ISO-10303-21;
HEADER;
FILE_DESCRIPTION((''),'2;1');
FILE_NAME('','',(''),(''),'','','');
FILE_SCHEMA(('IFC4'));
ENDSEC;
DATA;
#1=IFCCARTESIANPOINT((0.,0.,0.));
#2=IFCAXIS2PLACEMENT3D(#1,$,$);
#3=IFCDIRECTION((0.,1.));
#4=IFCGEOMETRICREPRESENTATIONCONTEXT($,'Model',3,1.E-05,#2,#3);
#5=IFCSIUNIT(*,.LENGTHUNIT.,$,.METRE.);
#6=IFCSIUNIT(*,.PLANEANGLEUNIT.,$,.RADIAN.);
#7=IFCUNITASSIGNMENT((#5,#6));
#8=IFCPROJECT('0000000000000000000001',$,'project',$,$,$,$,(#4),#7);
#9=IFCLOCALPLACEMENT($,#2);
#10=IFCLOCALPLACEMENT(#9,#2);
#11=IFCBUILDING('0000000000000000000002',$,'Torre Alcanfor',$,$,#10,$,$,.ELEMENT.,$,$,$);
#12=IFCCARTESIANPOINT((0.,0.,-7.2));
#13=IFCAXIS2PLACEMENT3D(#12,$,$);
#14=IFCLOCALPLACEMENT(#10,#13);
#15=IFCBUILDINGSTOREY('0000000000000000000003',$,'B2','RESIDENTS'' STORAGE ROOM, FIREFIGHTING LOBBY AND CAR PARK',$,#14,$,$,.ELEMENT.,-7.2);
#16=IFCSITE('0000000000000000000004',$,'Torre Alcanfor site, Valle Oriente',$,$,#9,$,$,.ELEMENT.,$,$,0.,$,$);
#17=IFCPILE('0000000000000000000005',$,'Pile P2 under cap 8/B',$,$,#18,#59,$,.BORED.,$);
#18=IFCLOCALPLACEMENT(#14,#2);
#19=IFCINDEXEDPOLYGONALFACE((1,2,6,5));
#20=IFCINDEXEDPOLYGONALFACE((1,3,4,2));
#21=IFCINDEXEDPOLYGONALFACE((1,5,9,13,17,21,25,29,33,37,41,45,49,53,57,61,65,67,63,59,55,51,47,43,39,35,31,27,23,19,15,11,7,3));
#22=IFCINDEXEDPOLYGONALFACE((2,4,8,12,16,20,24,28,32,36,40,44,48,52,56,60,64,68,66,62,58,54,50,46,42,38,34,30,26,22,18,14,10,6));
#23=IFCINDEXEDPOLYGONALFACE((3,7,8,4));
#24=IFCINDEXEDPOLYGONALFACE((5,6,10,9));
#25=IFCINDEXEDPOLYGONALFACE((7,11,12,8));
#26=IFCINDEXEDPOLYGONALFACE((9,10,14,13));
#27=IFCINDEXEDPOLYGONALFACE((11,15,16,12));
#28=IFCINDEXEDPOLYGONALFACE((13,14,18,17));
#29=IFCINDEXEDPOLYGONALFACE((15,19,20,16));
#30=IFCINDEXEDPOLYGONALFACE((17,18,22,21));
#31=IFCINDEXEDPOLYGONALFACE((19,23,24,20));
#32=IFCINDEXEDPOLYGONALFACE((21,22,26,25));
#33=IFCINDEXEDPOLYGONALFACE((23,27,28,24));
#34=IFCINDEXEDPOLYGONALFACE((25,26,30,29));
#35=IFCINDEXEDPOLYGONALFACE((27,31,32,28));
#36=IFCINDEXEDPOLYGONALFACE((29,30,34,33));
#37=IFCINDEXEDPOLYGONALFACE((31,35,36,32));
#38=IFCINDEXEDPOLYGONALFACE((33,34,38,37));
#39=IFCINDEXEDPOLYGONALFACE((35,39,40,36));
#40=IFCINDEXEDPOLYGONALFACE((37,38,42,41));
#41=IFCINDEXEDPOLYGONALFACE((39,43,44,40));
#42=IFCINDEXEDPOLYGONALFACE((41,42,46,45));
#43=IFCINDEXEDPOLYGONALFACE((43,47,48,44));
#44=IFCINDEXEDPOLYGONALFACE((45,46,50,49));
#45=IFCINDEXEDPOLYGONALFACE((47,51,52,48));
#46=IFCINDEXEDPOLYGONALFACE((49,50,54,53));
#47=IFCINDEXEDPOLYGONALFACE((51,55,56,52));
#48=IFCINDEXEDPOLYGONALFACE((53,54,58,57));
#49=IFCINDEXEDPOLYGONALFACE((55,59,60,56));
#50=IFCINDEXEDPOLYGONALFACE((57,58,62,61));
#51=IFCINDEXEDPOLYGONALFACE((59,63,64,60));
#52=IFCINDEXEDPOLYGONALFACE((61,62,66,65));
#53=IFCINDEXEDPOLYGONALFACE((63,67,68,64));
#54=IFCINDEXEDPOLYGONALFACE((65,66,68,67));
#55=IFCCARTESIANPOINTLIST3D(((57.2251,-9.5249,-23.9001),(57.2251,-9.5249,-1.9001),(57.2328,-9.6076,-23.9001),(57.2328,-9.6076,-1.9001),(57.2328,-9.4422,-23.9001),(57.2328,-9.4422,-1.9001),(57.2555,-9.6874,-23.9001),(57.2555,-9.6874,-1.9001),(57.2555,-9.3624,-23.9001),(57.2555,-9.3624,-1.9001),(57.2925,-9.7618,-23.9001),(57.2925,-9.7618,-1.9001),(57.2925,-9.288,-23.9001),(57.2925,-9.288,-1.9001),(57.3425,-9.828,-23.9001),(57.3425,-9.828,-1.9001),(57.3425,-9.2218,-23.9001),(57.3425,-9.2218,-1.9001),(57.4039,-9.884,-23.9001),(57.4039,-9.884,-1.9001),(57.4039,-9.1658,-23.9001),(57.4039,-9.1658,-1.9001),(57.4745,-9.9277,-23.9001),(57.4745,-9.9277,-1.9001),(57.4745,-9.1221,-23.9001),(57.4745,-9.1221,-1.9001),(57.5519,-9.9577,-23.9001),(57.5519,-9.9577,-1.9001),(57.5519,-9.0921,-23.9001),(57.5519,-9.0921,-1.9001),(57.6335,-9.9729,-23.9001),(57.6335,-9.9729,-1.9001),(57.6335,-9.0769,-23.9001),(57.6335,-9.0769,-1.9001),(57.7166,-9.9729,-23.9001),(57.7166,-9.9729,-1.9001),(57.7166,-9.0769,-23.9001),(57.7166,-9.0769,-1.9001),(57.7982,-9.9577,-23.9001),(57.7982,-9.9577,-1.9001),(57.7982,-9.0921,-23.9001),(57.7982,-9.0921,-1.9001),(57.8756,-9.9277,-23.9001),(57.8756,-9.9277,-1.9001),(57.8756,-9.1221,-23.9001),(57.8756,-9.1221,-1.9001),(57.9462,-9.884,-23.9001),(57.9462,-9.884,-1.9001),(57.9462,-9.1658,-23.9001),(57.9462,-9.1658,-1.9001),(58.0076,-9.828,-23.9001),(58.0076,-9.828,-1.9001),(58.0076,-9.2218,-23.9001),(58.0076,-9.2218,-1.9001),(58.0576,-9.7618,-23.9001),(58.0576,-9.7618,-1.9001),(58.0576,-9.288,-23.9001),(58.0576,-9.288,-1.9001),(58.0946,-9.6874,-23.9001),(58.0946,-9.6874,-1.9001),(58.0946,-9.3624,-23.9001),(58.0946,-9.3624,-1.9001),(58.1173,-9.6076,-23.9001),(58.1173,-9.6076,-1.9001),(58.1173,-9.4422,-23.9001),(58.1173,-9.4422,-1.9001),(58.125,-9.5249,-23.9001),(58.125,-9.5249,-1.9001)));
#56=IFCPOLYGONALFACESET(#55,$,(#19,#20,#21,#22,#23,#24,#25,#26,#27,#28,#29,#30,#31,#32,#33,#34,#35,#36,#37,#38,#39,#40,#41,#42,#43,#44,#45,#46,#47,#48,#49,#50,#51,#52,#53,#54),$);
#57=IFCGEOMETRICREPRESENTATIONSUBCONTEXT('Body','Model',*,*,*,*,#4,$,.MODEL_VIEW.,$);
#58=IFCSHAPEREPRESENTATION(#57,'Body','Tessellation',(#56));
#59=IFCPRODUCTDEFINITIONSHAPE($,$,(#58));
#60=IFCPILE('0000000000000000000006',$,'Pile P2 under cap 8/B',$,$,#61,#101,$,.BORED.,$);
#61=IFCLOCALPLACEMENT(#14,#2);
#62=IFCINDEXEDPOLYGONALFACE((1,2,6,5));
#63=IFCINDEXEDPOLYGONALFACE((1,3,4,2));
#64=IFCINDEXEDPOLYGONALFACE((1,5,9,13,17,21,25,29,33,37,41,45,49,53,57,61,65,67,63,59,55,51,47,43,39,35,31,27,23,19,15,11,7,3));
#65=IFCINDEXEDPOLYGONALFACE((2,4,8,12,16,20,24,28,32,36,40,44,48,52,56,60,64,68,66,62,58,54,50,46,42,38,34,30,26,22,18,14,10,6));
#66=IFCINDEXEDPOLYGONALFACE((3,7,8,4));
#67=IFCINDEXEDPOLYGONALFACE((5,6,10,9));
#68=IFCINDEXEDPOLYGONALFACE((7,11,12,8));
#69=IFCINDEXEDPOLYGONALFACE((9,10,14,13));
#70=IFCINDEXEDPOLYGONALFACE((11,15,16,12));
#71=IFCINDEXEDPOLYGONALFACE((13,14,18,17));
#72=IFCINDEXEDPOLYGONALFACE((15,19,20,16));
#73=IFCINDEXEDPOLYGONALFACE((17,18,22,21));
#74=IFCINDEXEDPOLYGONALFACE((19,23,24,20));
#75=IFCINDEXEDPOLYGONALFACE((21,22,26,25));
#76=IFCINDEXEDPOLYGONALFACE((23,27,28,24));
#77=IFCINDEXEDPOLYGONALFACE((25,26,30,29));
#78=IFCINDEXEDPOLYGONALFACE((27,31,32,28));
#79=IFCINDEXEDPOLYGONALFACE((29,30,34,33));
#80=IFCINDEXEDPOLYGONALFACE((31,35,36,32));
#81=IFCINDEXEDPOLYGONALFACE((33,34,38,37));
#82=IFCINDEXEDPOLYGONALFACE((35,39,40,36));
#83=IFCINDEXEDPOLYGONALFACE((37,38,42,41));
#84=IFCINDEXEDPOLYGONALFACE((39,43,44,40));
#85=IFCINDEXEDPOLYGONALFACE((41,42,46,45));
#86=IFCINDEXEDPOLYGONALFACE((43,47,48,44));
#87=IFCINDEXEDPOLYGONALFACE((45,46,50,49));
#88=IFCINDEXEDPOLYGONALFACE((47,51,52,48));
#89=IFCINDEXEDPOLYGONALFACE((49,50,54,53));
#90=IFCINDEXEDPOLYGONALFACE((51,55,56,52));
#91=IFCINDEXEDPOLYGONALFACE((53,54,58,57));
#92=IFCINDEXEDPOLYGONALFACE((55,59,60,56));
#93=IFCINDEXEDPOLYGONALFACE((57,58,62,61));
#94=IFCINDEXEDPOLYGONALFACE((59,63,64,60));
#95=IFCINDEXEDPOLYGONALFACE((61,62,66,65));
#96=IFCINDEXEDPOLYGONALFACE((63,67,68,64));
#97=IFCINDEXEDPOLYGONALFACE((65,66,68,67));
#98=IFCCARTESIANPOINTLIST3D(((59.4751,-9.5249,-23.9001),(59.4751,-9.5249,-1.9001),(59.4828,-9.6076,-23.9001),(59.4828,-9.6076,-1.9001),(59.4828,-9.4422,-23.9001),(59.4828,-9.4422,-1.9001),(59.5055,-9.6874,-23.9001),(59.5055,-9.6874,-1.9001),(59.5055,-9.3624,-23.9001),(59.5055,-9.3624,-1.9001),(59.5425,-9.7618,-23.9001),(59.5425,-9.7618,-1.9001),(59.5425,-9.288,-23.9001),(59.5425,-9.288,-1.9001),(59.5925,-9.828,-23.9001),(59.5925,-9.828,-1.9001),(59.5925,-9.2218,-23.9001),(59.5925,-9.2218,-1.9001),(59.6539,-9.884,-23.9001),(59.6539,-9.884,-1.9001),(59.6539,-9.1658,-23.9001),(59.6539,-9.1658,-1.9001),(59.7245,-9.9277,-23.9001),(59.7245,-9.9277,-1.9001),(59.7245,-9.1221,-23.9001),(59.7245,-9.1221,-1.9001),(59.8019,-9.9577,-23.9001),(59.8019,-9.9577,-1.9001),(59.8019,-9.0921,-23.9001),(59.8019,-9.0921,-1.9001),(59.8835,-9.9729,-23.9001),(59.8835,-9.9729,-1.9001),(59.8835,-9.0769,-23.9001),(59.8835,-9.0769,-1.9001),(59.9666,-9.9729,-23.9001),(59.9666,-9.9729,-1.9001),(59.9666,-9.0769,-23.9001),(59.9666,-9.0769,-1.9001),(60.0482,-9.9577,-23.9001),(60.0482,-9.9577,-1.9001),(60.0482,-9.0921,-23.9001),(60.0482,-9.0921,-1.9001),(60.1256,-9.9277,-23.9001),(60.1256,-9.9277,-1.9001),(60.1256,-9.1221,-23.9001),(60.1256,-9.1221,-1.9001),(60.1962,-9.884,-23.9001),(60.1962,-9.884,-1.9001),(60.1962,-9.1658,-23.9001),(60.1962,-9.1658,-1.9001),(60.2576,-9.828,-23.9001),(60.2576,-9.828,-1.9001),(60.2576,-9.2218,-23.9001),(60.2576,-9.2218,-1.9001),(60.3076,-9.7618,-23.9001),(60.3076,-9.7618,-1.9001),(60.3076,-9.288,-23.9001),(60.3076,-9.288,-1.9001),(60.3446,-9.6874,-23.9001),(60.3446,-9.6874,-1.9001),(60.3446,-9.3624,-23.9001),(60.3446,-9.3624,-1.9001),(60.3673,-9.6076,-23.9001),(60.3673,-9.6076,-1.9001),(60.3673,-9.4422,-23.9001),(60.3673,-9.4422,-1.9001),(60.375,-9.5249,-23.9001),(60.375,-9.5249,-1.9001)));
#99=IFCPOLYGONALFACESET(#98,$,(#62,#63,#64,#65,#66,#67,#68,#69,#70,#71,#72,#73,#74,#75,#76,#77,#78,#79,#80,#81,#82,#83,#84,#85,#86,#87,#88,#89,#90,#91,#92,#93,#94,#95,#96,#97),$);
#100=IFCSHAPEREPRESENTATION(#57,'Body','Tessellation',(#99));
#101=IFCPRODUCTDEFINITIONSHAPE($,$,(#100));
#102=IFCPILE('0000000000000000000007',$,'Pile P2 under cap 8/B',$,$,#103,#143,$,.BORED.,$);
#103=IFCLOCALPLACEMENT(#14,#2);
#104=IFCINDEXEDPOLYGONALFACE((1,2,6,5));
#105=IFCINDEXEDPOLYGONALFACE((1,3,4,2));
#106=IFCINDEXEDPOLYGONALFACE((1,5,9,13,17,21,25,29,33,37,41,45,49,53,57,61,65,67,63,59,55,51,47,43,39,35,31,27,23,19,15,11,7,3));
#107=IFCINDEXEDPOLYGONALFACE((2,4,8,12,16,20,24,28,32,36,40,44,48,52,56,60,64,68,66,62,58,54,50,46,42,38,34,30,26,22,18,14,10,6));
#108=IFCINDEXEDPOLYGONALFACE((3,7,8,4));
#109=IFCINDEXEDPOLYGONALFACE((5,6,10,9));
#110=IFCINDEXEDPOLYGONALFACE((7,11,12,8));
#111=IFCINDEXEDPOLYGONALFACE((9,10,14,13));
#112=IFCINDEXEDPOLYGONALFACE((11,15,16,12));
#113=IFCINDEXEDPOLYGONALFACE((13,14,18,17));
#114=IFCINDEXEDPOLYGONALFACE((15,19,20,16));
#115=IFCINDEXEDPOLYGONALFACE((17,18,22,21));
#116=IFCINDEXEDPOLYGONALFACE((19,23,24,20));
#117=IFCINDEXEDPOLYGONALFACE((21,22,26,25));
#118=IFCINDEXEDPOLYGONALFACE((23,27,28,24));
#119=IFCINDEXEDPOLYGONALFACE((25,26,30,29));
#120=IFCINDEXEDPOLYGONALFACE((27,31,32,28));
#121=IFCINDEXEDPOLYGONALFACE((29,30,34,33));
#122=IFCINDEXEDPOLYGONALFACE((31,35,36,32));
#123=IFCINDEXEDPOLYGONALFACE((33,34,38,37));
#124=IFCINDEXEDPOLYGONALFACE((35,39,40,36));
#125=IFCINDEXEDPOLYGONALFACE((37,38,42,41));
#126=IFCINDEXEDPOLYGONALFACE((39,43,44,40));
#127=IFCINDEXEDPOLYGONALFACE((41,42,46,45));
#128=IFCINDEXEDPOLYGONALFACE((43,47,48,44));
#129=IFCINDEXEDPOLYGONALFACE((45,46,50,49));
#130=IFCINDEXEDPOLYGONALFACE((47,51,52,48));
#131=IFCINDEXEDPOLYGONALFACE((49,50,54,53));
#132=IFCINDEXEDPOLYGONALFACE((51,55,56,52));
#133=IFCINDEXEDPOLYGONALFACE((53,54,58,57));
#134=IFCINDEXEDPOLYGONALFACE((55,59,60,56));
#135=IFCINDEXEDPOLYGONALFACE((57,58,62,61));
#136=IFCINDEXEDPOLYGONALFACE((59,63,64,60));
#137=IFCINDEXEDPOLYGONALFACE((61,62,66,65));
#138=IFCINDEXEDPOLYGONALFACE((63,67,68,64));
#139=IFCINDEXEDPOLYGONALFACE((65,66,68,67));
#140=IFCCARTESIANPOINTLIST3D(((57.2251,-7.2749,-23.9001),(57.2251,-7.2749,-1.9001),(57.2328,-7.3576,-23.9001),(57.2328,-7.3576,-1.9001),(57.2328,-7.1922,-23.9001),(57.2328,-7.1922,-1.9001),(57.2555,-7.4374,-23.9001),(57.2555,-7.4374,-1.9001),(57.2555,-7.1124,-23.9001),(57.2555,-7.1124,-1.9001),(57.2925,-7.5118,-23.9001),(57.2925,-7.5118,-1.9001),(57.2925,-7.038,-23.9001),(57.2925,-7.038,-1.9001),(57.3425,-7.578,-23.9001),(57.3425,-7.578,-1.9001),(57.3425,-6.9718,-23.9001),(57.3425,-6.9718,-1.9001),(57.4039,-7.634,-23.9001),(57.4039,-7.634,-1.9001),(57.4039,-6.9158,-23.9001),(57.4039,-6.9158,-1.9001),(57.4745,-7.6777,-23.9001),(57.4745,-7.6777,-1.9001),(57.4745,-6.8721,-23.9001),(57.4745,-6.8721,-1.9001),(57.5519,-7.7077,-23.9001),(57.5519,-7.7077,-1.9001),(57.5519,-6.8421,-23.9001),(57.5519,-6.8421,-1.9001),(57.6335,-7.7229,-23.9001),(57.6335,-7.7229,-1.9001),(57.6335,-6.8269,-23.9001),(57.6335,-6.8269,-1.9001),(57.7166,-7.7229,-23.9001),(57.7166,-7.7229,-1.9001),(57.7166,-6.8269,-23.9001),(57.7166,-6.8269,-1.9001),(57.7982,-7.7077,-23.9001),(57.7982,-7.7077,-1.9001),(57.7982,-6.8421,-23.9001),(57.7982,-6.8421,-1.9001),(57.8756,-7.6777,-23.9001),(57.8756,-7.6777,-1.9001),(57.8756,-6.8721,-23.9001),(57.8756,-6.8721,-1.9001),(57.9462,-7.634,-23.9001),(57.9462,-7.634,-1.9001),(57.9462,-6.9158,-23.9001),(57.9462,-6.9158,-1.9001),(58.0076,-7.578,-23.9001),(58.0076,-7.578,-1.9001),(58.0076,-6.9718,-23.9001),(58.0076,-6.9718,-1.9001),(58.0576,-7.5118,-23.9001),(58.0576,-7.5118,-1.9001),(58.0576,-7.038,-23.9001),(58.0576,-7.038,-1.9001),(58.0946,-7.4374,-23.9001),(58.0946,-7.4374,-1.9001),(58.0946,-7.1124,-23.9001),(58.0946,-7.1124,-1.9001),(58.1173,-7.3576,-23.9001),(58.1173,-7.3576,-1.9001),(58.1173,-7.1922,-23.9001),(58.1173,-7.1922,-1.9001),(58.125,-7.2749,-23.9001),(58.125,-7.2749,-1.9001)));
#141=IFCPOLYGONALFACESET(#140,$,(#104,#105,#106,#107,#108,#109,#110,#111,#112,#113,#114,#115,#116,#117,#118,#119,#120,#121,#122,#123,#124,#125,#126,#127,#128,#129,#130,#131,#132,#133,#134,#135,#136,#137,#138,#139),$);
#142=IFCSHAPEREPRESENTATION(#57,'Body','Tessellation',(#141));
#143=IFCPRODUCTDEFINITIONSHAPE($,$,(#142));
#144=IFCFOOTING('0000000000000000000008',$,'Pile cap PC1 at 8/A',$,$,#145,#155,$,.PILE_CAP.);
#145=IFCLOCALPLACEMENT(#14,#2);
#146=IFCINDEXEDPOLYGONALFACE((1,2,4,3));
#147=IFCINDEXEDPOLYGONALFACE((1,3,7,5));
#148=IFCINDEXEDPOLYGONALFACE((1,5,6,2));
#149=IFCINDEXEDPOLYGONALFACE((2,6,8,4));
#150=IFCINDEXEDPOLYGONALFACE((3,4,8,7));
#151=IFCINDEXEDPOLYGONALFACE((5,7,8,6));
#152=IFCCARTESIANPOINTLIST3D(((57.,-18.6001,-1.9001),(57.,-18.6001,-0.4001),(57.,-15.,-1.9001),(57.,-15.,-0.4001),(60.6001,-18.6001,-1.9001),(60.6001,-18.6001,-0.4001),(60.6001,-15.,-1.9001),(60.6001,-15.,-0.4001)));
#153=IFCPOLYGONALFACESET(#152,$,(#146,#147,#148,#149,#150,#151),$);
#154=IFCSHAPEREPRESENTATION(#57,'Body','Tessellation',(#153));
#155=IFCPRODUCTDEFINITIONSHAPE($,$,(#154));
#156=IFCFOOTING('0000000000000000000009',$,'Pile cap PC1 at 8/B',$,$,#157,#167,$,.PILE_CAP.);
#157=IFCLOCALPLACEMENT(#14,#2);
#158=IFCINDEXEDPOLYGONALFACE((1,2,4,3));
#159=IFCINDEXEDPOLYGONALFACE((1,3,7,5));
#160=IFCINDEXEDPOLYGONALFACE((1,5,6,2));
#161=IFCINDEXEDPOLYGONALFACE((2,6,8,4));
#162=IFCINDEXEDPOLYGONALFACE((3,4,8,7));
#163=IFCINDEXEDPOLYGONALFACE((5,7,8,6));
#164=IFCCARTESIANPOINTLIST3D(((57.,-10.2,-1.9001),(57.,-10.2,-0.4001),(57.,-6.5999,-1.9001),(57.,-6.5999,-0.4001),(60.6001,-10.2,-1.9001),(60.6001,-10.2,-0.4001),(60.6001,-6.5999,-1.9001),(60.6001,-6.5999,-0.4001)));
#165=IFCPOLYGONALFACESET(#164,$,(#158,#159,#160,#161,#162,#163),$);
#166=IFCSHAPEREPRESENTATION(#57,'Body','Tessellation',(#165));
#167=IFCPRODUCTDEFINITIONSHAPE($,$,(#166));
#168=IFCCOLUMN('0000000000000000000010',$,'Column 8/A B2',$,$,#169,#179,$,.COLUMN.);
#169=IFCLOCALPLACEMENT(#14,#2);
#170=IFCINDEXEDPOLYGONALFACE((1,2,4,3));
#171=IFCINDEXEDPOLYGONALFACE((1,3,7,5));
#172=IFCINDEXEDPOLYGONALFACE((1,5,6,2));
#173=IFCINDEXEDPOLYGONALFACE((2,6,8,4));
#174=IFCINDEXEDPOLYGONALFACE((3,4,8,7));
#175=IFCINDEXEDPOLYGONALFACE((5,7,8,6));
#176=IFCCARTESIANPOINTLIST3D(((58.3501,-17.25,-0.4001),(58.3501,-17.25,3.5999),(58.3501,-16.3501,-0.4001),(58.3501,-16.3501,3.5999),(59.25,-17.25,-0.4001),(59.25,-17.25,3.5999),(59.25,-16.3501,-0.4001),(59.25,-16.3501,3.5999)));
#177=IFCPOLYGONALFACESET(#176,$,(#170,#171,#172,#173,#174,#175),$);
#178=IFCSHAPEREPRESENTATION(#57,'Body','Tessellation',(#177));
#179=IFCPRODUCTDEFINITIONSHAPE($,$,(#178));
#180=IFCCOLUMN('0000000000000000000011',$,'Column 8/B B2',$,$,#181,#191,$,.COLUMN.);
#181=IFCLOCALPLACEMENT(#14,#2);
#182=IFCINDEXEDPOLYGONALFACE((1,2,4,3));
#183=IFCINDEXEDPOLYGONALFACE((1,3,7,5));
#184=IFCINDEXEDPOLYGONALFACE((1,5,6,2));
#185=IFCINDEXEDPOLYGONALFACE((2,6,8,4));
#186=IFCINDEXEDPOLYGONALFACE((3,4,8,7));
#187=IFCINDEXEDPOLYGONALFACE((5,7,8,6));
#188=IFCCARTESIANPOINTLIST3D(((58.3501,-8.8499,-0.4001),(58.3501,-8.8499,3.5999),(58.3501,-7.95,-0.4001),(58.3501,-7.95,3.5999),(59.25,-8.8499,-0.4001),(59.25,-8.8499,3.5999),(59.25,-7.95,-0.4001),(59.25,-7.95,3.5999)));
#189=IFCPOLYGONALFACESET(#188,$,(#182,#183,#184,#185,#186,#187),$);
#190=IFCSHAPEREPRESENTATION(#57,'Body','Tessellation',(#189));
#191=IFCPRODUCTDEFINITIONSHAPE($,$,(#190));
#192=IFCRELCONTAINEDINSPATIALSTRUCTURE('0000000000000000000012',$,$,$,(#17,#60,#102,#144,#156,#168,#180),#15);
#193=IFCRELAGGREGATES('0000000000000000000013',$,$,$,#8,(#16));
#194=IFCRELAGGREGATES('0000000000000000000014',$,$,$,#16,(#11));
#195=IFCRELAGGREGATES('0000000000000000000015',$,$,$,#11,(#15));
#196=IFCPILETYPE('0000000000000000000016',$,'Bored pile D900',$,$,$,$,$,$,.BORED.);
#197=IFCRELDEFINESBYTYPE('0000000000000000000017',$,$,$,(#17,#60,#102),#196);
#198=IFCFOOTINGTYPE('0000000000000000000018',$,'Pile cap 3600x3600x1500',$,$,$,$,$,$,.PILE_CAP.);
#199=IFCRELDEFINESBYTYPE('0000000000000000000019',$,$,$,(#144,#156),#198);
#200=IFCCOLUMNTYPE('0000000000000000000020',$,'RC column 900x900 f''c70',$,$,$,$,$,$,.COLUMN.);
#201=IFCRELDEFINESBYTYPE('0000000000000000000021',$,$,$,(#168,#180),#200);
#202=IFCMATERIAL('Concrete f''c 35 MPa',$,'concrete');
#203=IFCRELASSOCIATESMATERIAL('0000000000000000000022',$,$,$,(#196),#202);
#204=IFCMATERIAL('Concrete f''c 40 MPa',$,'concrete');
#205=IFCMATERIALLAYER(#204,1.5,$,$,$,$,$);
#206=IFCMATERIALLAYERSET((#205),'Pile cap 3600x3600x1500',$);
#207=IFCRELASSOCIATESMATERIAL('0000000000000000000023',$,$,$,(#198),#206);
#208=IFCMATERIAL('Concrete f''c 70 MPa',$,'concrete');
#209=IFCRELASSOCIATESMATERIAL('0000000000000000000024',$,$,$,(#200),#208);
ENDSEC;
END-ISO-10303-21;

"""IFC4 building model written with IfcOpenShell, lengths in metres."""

from ifc_helpers import new_model, si_unit, direction, frame, origin, origin_2d, place, context, subcontext, project, spatial, rectangle, circle, extrude, material, layer, layer_set, material_profile, profile_set, type_object, element, save


model = new_model("IFC4")

# Units and contexts
model_context = context("Model", 3, precision=1e-05, world=origin(), true_north=direction((0.0, 1.0)))
body_context = subcontext(model_context, "Body", "Model", "MODEL_VIEW")
ifc_project = project(units=[si_unit("LENGTHUNIT", "METRE"), si_unit("PLANEANGLEUNIT", "RADIAN")], contexts=[model_context])

# Site, building, storey
site_placement = place(None, origin())
site = spatial("IfcSite", under=ifc_project, at=site_placement, Name="Torre Alcanfor site, Valle Oriente", CompositionType="ELEMENT", RefElevation=0.0)
building_placement = place(site_placement, origin())
building = spatial("IfcBuilding", under=site, at=building_placement, Name="Torre Alcanfor", CompositionType="ELEMENT")
storey_placement = place(building_placement, frame((0.0, 0.0, -7.2)))
storey = spatial("IfcBuildingStorey", under=building, at=storey_placement, Name="B2", Description="RESIDENTS' STORAGE ROOM, FIREFIGHTING LOBBY AND CAR PARK", CompositionType="ELEMENT", Elevation=-7.2)

# Piles
ifc_material_1 = material(Name="Concrete f'c 35 MPa", Category="concrete")
ifc_material_profile_1 = material_profile(ifc_material_1, circle(Radius=0.45, at=origin_2d()), Name="D900")
ifc_profile_set_1 = profile_set([ifc_material_profile_1], Name="Concrete f'c 35 MPa")
pile_type = type_object("IfcPileType", Name="Bored pile D900", PredefinedType="BORED", material=ifc_profile_set_1)
for number, where, z_axis, x_axis, name in (
    (1, (57.675, -9.5249, -1.9001), (0.0, 0.0, -1.0), (1.0, 0.0, 0.0), "Pile P2 under cap 8/B"),
    (2, (59.925, -9.5249, -1.9001), (0.0, 0.0, -1.0), (1.0, 0.0, 0.0), "Pile P2 under cap 8/B"),
    (3, (57.675, -7.2749, -1.9001), (0.0, 0.0, -1.0), (1.0, 0.0, 0.0), "Pile P2 under cap 8/B"),
):
    element("IfcPile", number, at=place(storey_placement, frame(where, z_axis=z_axis, x_axis=x_axis)), inside=storey, type_object=pile_type, Name=name, PredefinedType="BORED", context=body_context, shape_type="SweptSolid", body=[
        extrude(circle(Radius=0.45, at=origin_2d()), origin(), (0.0, 0.0, 1.0), 22.0),
    ])

# Footings
ifc_material_2 = material(Name="Concrete f'c 40 MPa", Category="concrete")
ifc_layer_1 = layer(ifc_material_2, 1.5)
ifc_layer_set_1 = layer_set([ifc_layer_1], Name="Pile cap 3600x3600x1500")
footing_type = type_object("IfcFootingType", Name="Pile cap 3600x3600x1500", PredefinedType="PILE_CAP", material=ifc_layer_set_1)
for number, where, z_axis, x_axis, name in (
    (4, (58.8, -16.8, -1.9001), (0.0, 0.0, 1.0), (1.0, 0.0, 0.0), "Pile cap PC1 at 8/A"),
    (5, (58.8, -8.3999, -1.9001), (0.0, 0.0, 1.0), (1.0, 0.0, 0.0), "Pile cap PC1 at 8/B"),
):
    element("IfcFooting", number, at=place(storey_placement, frame(where, z_axis=z_axis, x_axis=x_axis)), inside=storey, type_object=footing_type, Name=name, PredefinedType="PILE_CAP", context=body_context, shape_type="SweptSolid", body=[
        extrude(rectangle(XDim=3.6001, YDim=3.6001, at=origin_2d()), origin(), (0.0, 0.0, 1.0), 1.5),
    ])

# Columns
ifc_material_3 = material(Name="Concrete f'c 70 MPa", Category="concrete")
ifc_material_profile_2 = material_profile(ifc_material_3, rectangle(XDim=0.8999, YDim=0.8999, at=origin_2d()), Name="900x900")
ifc_profile_set_2 = profile_set([ifc_material_profile_2], Name="Concrete f'c 70 MPa")
column_type = type_object("IfcColumnType", Name="RC column 900x900 f'c70", PredefinedType="COLUMN", material=ifc_profile_set_2)
for number, where, z_axis, x_axis, name in (
    (6, (58.8, -16.8, -0.4001), (0.0, 0.0, 1.0), (1.0, 0.0, 0.0), "Column 8/A B2"),
    (7, (58.8, -8.3999, -0.4001), (0.0, 0.0, 1.0), (1.0, 0.0, 0.0), "Column 8/B B2"),
):
    element("IfcColumn", number, at=place(storey_placement, frame(where, z_axis=z_axis, x_axis=x_axis)), inside=storey, type_object=column_type, Name=name, PredefinedType="COLUMN", context=body_context, shape_type="SweptSolid", body=[
        extrude(rectangle(XDim=0.8999, YDim=0.8999, at=origin_2d()), origin(), (0.0, 0.0, 1.0), 4.0),
    ])

save(model, "model.ifc")
